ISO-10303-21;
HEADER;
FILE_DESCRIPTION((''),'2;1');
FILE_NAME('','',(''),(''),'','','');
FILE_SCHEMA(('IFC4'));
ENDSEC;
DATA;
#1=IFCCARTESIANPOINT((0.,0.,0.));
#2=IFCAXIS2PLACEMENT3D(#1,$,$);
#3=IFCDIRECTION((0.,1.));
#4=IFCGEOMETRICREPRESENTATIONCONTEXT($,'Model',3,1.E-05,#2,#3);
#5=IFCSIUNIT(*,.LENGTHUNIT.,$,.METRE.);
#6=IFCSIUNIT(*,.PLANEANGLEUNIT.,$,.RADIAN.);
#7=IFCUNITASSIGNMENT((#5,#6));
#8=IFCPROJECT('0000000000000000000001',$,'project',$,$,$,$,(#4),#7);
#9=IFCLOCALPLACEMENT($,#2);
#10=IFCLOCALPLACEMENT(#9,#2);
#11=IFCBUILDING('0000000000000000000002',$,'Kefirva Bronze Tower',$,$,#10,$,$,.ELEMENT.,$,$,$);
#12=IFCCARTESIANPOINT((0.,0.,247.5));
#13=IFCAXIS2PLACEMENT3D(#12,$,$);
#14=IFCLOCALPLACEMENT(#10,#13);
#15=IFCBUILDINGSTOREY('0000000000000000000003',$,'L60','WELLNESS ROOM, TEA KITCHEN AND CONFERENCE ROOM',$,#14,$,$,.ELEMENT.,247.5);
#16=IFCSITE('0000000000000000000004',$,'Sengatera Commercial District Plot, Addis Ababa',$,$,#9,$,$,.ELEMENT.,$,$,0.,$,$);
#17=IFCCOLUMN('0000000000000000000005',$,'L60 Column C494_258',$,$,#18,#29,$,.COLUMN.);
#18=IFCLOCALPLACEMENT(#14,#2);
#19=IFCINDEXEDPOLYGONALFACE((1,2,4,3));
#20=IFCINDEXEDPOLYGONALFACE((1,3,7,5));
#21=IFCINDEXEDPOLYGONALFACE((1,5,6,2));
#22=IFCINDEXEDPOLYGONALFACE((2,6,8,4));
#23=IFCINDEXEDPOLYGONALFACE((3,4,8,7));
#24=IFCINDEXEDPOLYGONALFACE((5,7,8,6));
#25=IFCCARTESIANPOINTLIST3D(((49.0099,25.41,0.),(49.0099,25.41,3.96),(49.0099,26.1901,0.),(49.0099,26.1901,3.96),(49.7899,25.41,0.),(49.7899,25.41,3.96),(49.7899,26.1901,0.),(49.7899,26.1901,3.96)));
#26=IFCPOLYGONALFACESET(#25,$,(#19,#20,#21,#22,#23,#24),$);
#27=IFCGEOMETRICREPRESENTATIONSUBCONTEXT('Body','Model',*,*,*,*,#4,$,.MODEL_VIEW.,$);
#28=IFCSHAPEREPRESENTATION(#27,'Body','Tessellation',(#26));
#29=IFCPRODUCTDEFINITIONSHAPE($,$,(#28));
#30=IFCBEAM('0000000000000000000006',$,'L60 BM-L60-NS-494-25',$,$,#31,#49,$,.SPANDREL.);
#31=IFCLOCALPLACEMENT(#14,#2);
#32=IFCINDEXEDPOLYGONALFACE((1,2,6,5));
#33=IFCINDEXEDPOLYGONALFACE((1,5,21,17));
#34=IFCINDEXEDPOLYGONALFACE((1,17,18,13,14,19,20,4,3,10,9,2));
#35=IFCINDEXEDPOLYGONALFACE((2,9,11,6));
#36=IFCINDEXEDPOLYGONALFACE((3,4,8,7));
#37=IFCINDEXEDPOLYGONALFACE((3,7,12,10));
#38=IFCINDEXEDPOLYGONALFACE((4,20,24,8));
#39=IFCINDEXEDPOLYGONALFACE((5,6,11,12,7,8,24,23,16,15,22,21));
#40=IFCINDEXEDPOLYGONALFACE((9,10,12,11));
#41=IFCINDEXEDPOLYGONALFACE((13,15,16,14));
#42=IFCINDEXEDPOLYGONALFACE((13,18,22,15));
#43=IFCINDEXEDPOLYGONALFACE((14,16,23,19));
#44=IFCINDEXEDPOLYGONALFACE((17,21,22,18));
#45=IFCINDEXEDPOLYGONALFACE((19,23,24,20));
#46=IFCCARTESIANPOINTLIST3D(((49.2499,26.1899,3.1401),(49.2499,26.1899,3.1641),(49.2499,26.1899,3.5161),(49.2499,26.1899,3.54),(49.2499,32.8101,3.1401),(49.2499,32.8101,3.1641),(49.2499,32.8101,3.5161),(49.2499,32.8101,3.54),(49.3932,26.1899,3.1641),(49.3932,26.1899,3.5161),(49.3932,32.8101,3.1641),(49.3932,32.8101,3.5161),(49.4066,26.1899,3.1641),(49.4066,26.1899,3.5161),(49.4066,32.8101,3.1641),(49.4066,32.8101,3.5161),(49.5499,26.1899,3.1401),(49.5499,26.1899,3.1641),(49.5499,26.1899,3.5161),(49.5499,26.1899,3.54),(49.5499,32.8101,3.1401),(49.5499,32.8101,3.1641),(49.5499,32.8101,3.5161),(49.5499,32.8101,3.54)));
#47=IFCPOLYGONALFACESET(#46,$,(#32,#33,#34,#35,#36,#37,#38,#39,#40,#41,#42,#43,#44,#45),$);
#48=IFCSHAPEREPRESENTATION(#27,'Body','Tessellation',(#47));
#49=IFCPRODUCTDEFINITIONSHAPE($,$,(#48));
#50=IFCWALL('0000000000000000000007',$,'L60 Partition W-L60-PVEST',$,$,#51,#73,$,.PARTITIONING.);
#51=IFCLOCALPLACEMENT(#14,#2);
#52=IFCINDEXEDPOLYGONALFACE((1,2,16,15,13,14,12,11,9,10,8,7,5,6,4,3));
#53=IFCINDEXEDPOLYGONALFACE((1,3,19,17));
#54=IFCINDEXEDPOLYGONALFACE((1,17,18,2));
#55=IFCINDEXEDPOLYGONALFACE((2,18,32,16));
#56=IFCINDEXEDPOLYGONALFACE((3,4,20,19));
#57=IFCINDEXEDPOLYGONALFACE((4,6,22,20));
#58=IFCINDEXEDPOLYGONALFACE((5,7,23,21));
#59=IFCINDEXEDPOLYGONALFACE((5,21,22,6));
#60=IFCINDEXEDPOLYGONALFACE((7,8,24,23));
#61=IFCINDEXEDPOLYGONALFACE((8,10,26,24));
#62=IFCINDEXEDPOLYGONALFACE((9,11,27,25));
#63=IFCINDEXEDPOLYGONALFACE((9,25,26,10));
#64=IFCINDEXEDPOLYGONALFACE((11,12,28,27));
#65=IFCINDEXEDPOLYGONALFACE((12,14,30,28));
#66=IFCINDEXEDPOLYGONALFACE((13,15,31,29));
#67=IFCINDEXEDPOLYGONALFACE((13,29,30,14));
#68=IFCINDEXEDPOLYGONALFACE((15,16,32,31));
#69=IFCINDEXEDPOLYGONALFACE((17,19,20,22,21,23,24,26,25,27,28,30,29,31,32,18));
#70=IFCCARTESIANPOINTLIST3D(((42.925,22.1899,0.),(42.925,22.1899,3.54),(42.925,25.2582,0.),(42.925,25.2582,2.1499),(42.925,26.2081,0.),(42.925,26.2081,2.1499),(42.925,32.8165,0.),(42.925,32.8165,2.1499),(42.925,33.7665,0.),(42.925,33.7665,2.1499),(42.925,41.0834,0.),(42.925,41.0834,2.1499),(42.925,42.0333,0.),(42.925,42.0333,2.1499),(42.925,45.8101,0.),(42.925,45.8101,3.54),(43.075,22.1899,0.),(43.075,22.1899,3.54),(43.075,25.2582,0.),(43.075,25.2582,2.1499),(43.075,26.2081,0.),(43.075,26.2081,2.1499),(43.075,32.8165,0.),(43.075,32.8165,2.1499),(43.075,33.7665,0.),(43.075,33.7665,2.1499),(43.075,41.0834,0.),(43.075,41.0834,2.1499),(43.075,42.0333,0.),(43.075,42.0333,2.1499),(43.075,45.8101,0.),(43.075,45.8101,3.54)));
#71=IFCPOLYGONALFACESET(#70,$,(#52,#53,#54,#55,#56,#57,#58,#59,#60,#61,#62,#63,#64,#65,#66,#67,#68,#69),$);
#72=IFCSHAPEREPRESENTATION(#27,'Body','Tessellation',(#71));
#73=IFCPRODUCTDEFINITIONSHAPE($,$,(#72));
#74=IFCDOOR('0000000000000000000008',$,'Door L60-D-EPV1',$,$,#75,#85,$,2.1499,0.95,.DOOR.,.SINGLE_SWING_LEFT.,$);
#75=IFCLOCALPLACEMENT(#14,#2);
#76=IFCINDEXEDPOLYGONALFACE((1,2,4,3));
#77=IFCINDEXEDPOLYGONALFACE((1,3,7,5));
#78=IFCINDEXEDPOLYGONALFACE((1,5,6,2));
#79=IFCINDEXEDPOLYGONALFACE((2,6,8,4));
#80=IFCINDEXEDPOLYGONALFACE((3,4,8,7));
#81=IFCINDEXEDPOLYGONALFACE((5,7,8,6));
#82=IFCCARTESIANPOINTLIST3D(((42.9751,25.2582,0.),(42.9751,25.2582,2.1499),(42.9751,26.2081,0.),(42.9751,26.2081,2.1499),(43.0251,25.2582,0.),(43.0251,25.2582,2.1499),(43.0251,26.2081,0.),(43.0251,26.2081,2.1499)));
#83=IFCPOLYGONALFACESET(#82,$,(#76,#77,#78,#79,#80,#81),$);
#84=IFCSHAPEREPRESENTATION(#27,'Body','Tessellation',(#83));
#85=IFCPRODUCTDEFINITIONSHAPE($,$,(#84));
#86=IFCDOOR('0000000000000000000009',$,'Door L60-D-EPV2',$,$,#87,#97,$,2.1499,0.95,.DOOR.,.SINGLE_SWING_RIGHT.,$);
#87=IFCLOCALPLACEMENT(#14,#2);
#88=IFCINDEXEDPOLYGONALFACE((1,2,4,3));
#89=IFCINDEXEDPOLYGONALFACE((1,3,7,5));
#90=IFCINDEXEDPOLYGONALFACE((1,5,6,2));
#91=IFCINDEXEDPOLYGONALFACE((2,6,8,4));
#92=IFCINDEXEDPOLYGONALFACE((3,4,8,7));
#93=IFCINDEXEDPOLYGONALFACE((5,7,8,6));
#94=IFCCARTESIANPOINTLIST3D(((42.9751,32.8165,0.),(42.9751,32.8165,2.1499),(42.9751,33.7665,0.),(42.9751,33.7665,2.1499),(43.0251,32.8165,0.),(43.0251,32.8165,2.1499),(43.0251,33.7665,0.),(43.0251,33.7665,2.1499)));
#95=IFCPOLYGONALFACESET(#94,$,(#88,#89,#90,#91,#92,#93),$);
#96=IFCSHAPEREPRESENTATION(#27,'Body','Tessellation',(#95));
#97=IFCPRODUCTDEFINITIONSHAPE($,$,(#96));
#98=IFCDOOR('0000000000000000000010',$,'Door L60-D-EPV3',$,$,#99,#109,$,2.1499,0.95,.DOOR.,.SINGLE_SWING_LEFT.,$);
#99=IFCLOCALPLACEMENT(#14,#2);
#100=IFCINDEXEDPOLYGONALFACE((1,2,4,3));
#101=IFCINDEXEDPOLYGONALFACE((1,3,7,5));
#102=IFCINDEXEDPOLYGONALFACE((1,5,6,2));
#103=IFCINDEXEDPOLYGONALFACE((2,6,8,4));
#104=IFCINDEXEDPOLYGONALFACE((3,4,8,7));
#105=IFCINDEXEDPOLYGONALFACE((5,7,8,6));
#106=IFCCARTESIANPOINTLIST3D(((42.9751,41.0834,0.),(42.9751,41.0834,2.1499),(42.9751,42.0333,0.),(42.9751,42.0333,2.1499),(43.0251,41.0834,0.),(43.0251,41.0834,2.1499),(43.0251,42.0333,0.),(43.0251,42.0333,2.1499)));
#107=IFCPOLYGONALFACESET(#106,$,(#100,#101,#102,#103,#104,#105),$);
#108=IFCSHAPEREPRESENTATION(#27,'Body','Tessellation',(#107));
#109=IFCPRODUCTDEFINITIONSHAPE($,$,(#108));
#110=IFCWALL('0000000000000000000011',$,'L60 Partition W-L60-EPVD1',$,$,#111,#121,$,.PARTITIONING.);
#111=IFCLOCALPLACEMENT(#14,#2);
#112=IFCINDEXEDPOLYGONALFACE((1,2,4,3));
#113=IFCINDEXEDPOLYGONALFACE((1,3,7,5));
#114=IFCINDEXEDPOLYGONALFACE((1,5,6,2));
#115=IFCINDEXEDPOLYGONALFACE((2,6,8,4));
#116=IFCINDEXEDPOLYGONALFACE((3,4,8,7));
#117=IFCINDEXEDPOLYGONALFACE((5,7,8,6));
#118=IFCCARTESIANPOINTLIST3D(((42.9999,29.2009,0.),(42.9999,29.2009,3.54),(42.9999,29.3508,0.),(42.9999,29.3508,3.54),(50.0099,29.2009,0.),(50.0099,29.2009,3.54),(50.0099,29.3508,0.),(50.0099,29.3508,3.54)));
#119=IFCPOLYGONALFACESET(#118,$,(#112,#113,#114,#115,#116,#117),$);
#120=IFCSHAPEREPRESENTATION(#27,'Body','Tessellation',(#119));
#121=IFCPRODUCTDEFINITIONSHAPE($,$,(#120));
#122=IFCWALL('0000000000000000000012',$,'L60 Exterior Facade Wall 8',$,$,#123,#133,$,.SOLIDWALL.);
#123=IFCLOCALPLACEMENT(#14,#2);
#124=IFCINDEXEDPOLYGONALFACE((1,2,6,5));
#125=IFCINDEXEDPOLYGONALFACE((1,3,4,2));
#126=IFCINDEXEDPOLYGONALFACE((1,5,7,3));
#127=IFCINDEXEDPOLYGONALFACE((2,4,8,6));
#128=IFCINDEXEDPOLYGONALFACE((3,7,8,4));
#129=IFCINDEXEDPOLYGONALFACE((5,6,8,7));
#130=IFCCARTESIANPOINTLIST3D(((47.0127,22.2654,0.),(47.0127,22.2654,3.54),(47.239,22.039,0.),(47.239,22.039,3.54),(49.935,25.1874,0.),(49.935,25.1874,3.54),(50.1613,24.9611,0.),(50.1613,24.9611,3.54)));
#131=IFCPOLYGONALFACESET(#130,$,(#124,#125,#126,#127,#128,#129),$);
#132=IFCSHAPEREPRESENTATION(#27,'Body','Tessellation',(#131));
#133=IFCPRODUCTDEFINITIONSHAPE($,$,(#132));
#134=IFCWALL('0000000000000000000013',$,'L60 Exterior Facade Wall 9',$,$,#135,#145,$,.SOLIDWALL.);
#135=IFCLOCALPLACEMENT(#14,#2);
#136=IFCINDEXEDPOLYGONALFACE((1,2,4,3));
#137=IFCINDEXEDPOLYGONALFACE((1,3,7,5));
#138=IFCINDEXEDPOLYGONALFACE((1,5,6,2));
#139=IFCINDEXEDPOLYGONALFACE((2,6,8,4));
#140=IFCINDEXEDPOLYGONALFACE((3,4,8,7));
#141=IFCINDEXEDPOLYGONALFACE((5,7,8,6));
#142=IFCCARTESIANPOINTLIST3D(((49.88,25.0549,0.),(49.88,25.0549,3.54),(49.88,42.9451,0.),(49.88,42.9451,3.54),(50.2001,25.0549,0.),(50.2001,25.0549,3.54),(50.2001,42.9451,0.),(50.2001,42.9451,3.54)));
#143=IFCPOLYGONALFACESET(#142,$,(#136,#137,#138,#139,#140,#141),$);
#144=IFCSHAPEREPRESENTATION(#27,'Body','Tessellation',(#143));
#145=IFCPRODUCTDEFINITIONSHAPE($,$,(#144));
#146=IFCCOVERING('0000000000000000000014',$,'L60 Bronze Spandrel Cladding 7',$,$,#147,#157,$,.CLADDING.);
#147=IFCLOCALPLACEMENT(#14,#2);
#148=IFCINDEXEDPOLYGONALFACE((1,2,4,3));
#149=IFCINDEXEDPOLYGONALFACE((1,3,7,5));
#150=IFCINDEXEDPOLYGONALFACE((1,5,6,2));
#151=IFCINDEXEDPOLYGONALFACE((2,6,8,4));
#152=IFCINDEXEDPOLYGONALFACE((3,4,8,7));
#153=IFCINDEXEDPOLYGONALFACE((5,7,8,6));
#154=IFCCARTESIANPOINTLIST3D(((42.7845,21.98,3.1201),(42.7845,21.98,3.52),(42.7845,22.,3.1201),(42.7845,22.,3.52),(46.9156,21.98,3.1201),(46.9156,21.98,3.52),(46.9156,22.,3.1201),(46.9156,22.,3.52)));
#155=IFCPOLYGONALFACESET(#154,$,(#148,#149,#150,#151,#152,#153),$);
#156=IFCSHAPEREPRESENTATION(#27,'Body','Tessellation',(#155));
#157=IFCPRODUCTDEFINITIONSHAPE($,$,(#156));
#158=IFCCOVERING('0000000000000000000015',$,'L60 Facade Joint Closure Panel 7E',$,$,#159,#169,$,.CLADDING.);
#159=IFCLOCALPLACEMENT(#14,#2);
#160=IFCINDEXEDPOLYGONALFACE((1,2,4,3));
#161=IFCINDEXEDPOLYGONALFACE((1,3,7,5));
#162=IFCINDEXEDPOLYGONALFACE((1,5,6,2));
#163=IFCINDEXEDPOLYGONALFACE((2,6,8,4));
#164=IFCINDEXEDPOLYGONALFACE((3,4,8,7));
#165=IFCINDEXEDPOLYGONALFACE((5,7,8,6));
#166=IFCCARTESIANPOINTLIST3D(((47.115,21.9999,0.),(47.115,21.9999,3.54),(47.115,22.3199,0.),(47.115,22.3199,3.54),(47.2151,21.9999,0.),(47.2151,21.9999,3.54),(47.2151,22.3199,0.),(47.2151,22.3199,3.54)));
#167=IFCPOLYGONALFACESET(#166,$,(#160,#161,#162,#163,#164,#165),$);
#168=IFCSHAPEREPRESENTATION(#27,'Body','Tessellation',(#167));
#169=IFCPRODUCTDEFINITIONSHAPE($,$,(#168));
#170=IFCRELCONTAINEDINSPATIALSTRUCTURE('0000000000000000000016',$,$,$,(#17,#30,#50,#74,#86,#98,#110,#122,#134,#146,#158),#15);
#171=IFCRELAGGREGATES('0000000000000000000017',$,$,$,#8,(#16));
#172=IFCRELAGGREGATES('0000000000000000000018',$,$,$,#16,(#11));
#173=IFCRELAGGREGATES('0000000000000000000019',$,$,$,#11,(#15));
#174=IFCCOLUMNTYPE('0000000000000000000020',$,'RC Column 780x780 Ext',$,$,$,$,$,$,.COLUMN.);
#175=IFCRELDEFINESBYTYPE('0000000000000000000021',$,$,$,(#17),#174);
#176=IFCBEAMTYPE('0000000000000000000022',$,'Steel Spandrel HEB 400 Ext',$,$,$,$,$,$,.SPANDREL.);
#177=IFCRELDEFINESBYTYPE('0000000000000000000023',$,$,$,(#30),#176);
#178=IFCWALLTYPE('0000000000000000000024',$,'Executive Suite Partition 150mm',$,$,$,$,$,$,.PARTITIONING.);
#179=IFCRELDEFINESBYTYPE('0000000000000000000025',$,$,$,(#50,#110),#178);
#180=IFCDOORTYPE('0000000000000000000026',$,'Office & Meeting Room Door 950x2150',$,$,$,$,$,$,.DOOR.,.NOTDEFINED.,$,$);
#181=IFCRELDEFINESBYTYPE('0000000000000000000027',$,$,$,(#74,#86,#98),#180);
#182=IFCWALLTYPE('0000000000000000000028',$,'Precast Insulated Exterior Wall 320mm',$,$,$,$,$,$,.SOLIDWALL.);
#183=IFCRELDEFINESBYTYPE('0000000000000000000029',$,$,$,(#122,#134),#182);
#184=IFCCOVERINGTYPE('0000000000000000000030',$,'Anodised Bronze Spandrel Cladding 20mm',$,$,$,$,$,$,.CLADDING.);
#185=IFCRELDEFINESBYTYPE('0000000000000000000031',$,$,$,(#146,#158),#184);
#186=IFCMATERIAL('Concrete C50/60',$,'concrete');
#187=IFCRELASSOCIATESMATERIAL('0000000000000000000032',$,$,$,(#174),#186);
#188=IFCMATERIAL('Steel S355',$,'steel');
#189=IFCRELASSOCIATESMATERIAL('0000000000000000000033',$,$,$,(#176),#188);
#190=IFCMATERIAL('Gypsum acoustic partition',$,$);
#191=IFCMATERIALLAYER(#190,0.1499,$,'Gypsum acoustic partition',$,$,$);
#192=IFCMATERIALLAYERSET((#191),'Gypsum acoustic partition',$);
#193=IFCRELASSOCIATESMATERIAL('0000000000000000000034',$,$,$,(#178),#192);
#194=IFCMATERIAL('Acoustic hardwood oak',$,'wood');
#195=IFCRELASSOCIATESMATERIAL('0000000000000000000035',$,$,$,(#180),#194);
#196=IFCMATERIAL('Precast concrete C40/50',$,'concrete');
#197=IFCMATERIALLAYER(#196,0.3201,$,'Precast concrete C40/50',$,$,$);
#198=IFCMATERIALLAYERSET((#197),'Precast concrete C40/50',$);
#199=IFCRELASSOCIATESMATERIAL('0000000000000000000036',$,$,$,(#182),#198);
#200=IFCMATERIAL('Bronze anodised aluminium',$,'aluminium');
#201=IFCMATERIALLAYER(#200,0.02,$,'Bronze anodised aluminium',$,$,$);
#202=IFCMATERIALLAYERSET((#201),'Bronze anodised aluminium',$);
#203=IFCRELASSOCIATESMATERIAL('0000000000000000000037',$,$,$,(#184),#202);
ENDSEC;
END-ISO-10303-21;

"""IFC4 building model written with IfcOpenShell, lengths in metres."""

from ifc_helpers import new_model, si_unit, direction, frame, frame_2d, origin, origin_2d, place, context, subcontext, project, spatial, rectangle, i_section, extrude, material, layer, layer_set, material_profile, profile_set, type_object, element, fill, save


model = new_model("IFC4")

# Units and contexts
model_context = context("Model", 3, precision=1e-05, world=origin(), true_north=direction((0.0, 1.0)))
body_context = subcontext(model_context, "Body", "Model", "MODEL_VIEW")
ifc_project = project(units=[si_unit("LENGTHUNIT", "METRE"), si_unit("PLANEANGLEUNIT", "RADIAN")], contexts=[model_context])

# Site, building, storey
site_placement = place(None, origin())
site = spatial("IfcSite", under=ifc_project, at=site_placement, Name="Sengatera Commercial District Plot, Addis Ababa", CompositionType="ELEMENT", RefElevation=0.0)
building_placement = place(site_placement, origin())
building = spatial("IfcBuilding", under=site, at=building_placement, Name="Kefirva Bronze Tower", CompositionType="ELEMENT")
storey_placement = place(building_placement, frame((0.0, 0.0, 247.5)))
storey = spatial("IfcBuildingStorey", under=building, at=storey_placement, Name="L60", Description="WELLNESS ROOM, TEA KITCHEN AND CONFERENCE ROOM", CompositionType="ELEMENT", Elevation=247.5)

# Column
ifc_material_1 = material(Name="Concrete C50/60", Category="concrete")
ifc_material_profile_1 = material_profile(ifc_material_1, rectangle(XDim=0.78, YDim=0.78, at=origin_2d()), Name="RC 780x780")
ifc_profile_set_1 = profile_set([ifc_material_profile_1], Name="Concrete C50/60")
column_type = type_object("IfcColumnType", Name="RC Column 780x780 Ext", PredefinedType="COLUMN", material=ifc_profile_set_1)
column_placement = place(storey_placement, frame((49.3999, 25.8, 0.0), z_axis=(0.0, 0.0, 1.0), x_axis=(1.0, 0.0, 0.0)))
element("IfcColumn", 1, at=column_placement, inside=storey, type_object=column_type, Name="L60 Column C494_258", PredefinedType="COLUMN", context=body_context, shape_type="SweptSolid", body=[
    extrude(rectangle(XDim=0.78, YDim=0.78, at=origin_2d()), origin(), (0.0, 0.0, 1.0), 3.96),
])

# Beam
ifc_material_2 = material(Name="Steel S355", Category="steel")
ifc_material_profile_2 = material_profile(ifc_material_2, i_section(OverallWidth=0.3, OverallDepth=0.3999, WebThickness=0.0134, FlangeThickness=0.0239, at=origin_2d()), Name="HEB 400")
ifc_profile_set_2 = profile_set([ifc_material_profile_2], Name="Steel S355")
beam_type = type_object("IfcBeamType", Name="Steel Spandrel HEB 400 Ext", PredefinedType="SPANDREL", material=ifc_profile_set_2)
beam_placement = place(storey_placement, frame((49.3999, 26.1899, 3.3401), z_axis=(0.0, 1.0, 0.0), x_axis=(-1.0, 0.0, 0.0)))
element("IfcBeam", 2, at=beam_placement, inside=storey, type_object=beam_type, Name="L60 BM-L60-NS-494-25", PredefinedType="SPANDREL", context=body_context, shape_type="SweptSolid", body=[
    extrude(i_section(OverallWidth=0.3, OverallDepth=0.3999, WebThickness=0.0134, FlangeThickness=0.0239, at=origin_2d()), origin(), (0.0, 0.0, 1.0), 6.6201),
])

# Wall, openings, doors
ifc_material_3 = material(Name="Gypsum acoustic partition")
ifc_layer_1 = layer(ifc_material_3, 0.1499, Name="Gypsum acoustic partition")
ifc_layer_set_1 = layer_set([ifc_layer_1], Name="Gypsum acoustic partition")
wall_type_1 = type_object("IfcWallType", Name="Executive Suite Partition 150mm", PredefinedType="PARTITIONING", material=ifc_layer_set_1)
wall_1_placement = place(storey_placement, frame((43.0, 22.1899, 0.0), z_axis=(0.0, 0.0, 1.0), x_axis=(0.0, 1.0, 0.0)))
wall_1 = element("IfcWall", 3, at=wall_1_placement, inside=storey, type_object=wall_type_1, Name="L60 Partition W-L60-PVEST", PredefinedType="PARTITIONING", context=body_context, shape_type="SweptSolid", body=[
    extrude(rectangle(XDim=23.6201, YDim=0.1499, at=frame_2d((11.8101, 0.0))), origin(), (0.0, 0.0, 1.0), 3.54),
])
opening_1_placement = place(wall_1_placement, frame((3.0681, 0.0, 0.0)))
opening_1 = element("IfcOpeningElement", 4, at=opening_1_placement, cuts=wall_1, PredefinedType="OPENING", context=body_context, shape_type="SweptSolid", body=[
    extrude(rectangle(XDim=0.95, YDim=2.1499, at=frame_2d((0.4751, 1.075))), frame((0.0, 0.085, 0.0), z_axis=(0.0, -1.0, 0.0), x_axis=(1.0, 0.0, 0.0)), (0.0, 0.0, 1.0), 0.1699),
])
opening_2_placement = place(wall_1_placement, frame((10.6265, 0.0, 0.0)))
opening_2 = element("IfcOpeningElement", 5, at=opening_2_placement, cuts=wall_1, PredefinedType="OPENING", context=body_context, shape_type="SweptSolid", body=[
    extrude(rectangle(XDim=0.95, YDim=2.1499, at=frame_2d((0.4751, 1.075))), frame((0.0, 0.085, 0.0), z_axis=(0.0, -1.0, 0.0), x_axis=(1.0, 0.0, 0.0)), (0.0, 0.0, 1.0), 0.1699),
])
opening_3_placement = place(wall_1_placement, frame((18.8933, 0.0, 0.0)))
opening_3 = element("IfcOpeningElement", 6, at=opening_3_placement, cuts=wall_1, PredefinedType="OPENING", context=body_context, shape_type="SweptSolid", body=[
    extrude(rectangle(XDim=0.95, YDim=2.1499, at=frame_2d((0.4751, 1.075))), frame((0.0, 0.085, 0.0), z_axis=(0.0, -1.0, 0.0), x_axis=(1.0, 0.0, 0.0)), (0.0, 0.0, 1.0), 0.1699),
])
ifc_material_4 = material(Name="Acoustic hardwood oak", Category="wood")
door_type = type_object("IfcDoorType", Name="Office & Meeting Room Door 950x2150", OperationType="NOTDEFINED", PredefinedType="DOOR", material=ifc_material_4)
door_1_placement = place(opening_1_placement, origin())
door_1 = element("IfcDoor", 7, at=door_1_placement, inside=storey, type_object=door_type, Name="Door L60-D-EPV1", OperationType="SINGLE_SWING_LEFT", OverallHeight=2.1499, OverallWidth=0.95, PredefinedType="DOOR", context=body_context, shape_type="SweptSolid", body=[
    extrude(rectangle(XDim=0.95, YDim=2.1499, at=frame_2d((0.4751, 1.075))), frame((0.0, 0.0249, 0.0), z_axis=(0.0, -1.0, 0.0), x_axis=(1.0, 0.0, 0.0)), (0.0, 0.0, 1.0), 0.05),
])
fill(opening_1, door_1)
door_2_placement = place(opening_2_placement, origin())
door_2 = element("IfcDoor", 8, at=door_2_placement, inside=storey, type_object=door_type, Name="Door L60-D-EPV2", OperationType="SINGLE_SWING_RIGHT", OverallHeight=2.1499, OverallWidth=0.95, PredefinedType="DOOR", context=body_context, shape_type="SweptSolid", body=[
    extrude(rectangle(XDim=0.95, YDim=2.1499, at=frame_2d((0.4751, 1.075))), frame((0.0, 0.0249, 0.0), z_axis=(0.0, -1.0, 0.0), x_axis=(1.0, 0.0, 0.0)), (0.0, 0.0, 1.0), 0.05),
])
fill(opening_2, door_2)
door_3_placement = place(opening_3_placement, origin())
door_3 = element("IfcDoor", 9, at=door_3_placement, inside=storey, type_object=door_type, Name="Door L60-D-EPV3", OperationType="SINGLE_SWING_LEFT", OverallHeight=2.1499, OverallWidth=0.95, PredefinedType="DOOR", context=body_context, shape_type="SweptSolid", body=[
    extrude(rectangle(XDim=0.95, YDim=2.1499, at=frame_2d((0.4751, 1.075))), frame((0.0, 0.0249, 0.0), z_axis=(0.0, -1.0, 0.0), x_axis=(1.0, 0.0, 0.0)), (0.0, 0.0, 1.0), 0.05),
])
fill(opening_3, door_3)

# Walls
wall_2_placement = place(storey_placement, frame((43.0, 29.2759, 0.0), z_axis=(0.0, 0.0, 1.0), x_axis=(1.0, 0.0, 0.0)))
element("IfcWall", 10, at=wall_2_placement, inside=storey, type_object=wall_type_1, Name="L60 Partition W-L60-EPVD1", PredefinedType="PARTITIONING", context=body_context, shape_type="SweptSolid", body=[
    extrude(rectangle(XDim=7.01, YDim=0.1499, at=frame_2d((3.5049, 0.0))), origin(), (0.0, 0.0, 1.0), 3.54),
])
ifc_material_5 = material(Name="Precast concrete C40/50", Category="concrete")
ifc_layer_2 = layer(ifc_material_5, 0.3201, Name="Precast concrete C40/50")
ifc_layer_set_2 = layer_set([ifc_layer_2], Name="Precast concrete C40/50")
wall_type_2 = type_object("IfcWallType", Name="Precast Insulated Exterior Wall 320mm", PredefinedType="SOLIDWALL", material=ifc_layer_set_2)
wall_3_placement = place(storey_placement, frame((47.1257, 22.1521, 0.0), z_axis=(0.0, 0.0, 1.0), x_axis=(0.707136, 0.707077, 0.0)))
element("IfcWall", 11, at=wall_3_placement, inside=storey, type_object=wall_type_2, Name="L60 Exterior Facade Wall 8", PredefinedType="SOLIDWALL", context=body_context, shape_type="SweptSolid", body=[
    extrude(rectangle(XDim=4.1326, YDim=0.3201, at=frame_2d((2.0664, 0.0))), origin(), (0.0, 0.0, 1.0), 3.54),
])
wall_4_placement = place(storey_placement, frame((50.04, 25.0549, 0.0), z_axis=(0.0, 0.0, 1.0), x_axis=(0.0, 1.0, 0.0)))
element("IfcWall", 12, at=wall_4_placement, inside=storey, type_object=wall_type_2, Name="L60 Exterior Facade Wall 9", PredefinedType="SOLIDWALL", context=body_context, shape_type="SweptSolid", body=[
    extrude(rectangle(XDim=17.8901, YDim=0.3201, at=frame_2d((8.9451, 0.0))), origin(), (0.0, 0.0, 1.0), 3.54),
])

# Coverings
ifc_material_6 = material(Name="Bronze anodised aluminium", Category="aluminium")
ifc_layer_3 = layer(ifc_material_6, 0.02, Name="Bronze anodised aluminium")
ifc_layer_set_3 = layer_set([ifc_layer_3], Name="Bronze anodised aluminium")
covering_type_1 = type_object("IfcCoveringType", Name="Anodised Bronze Spandrel Cladding 20mm", PredefinedType="CLADDING", material=ifc_layer_set_3)
covering_1_placement = place(storey_placement, frame((44.8501, 21.99, 3.1201), z_axis=(0.0, 0.0, 1.0), x_axis=(1.0, 0.0, 0.0)))
element("IfcCovering", 13, at=covering_1_placement, inside=storey, type_object=covering_type_1, Name="L60 Bronze Spandrel Cladding 7", PredefinedType="CLADDING", context=body_context, shape_type="SweptSolid", body=[
    extrude(rectangle(XDim=4.1311, YDim=0.02, at=origin_2d()), origin(), (0.0, 0.0, 1.0), 0.3999),
])
covering_2_placement = place(storey_placement, frame((47.165, 22.1599, 0.0), z_axis=(0.0, 0.0, 1.0), x_axis=(1.0, 0.0, 0.0)))
element("IfcCovering", 14, at=covering_2_placement, inside=storey, type_object=covering_type_1, Name="L60 Facade Joint Closure Panel 7E", PredefinedType="CLADDING", context=body_context, shape_type="SweptSolid", body=[
    extrude(rectangle(XDim=0.1001, YDim=0.3201, at=origin_2d()), origin(), (0.0, 0.0, 1.0), 3.54),
])

save(model, "model.ifc")
